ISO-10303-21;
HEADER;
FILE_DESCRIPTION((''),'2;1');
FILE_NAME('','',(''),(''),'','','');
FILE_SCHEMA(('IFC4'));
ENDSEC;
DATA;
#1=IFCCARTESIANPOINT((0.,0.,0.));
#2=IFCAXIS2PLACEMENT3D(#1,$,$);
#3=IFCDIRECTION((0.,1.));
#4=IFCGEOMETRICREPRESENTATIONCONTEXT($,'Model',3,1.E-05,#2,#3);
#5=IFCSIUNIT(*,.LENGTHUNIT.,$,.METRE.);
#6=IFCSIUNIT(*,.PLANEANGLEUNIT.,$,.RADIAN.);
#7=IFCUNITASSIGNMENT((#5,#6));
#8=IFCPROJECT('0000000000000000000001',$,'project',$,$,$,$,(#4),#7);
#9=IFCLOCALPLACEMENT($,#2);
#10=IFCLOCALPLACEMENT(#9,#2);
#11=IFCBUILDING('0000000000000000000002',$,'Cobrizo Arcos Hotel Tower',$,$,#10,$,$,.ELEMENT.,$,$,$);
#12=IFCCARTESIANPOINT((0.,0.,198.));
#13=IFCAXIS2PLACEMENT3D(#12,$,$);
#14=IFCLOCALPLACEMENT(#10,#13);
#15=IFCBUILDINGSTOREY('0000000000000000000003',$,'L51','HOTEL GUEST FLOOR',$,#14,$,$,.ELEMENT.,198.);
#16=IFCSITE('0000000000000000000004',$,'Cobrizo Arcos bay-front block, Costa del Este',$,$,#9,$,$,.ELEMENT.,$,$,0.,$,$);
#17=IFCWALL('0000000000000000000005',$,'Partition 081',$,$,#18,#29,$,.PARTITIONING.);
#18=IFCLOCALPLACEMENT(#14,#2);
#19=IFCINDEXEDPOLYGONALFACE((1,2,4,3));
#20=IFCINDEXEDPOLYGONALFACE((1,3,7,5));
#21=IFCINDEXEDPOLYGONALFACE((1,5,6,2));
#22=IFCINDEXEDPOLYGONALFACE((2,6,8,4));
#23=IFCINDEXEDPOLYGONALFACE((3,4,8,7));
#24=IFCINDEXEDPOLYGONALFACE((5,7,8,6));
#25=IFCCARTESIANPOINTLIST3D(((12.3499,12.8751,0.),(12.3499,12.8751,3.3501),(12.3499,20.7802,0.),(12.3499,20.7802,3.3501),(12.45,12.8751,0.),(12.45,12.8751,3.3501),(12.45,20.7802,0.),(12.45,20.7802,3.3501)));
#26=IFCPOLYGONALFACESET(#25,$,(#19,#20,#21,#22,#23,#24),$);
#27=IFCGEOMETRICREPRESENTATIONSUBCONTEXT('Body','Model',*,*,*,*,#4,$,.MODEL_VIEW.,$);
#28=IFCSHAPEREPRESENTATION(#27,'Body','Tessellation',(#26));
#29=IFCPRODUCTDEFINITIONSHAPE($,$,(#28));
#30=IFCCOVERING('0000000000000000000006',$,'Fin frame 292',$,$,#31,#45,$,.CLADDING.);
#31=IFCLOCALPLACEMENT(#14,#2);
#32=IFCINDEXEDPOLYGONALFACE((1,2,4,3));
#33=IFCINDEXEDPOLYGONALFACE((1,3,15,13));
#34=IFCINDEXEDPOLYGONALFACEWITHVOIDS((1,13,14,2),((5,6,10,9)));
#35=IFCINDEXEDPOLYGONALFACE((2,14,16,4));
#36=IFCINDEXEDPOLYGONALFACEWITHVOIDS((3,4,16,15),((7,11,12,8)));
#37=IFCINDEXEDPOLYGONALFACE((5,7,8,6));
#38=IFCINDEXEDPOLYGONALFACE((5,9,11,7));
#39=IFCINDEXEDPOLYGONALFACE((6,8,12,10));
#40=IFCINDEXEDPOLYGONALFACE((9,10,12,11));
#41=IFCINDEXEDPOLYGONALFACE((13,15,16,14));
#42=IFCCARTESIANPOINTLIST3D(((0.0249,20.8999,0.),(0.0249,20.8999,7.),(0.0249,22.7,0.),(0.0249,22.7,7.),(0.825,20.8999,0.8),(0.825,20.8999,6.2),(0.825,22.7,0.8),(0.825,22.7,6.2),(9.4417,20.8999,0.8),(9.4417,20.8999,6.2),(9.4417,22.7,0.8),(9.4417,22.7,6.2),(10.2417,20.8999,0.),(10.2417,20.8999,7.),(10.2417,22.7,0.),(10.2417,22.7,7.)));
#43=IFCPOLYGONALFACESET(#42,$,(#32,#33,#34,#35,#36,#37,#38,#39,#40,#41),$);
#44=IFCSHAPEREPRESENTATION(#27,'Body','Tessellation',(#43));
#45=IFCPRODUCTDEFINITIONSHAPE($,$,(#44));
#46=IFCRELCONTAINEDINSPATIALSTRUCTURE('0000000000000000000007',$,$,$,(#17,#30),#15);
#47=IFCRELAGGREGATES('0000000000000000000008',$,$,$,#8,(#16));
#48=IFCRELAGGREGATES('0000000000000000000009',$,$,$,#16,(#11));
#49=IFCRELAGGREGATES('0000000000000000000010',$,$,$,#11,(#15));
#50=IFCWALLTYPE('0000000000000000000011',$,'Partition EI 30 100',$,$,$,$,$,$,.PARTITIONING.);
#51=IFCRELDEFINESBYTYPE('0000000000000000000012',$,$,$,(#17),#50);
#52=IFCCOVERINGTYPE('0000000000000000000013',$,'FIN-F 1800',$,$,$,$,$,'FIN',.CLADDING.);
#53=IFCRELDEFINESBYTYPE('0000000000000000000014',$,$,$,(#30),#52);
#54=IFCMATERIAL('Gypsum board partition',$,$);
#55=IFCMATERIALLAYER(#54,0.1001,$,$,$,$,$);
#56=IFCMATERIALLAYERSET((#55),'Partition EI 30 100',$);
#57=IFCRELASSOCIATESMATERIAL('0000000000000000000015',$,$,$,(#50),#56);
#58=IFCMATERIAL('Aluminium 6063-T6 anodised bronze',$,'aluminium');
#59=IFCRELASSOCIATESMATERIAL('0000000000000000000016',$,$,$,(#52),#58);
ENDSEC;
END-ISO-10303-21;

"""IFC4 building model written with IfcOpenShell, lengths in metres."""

from ifc_helpers import new_model, si_unit, direction, frame, frame_2d, origin, place, context, subcontext, project, spatial, polyline, rectangle, outline, extrude, material, layer, layer_set, type_object, element, save


model = new_model("IFC4")

# Units and contexts
model_context = context("Model", 3, precision=1e-05, world=origin(), true_north=direction((0.0, 1.0)))
body_context = subcontext(model_context, "Body", "Model", "MODEL_VIEW")
ifc_project = project(units=[si_unit("LENGTHUNIT", "METRE"), si_unit("PLANEANGLEUNIT", "RADIAN")], contexts=[model_context])

# Site, building, storey
site_placement = place(None, origin())
site = spatial("IfcSite", under=ifc_project, at=site_placement, Name="Cobrizo Arcos bay-front block, Costa del Este", CompositionType="ELEMENT", RefElevation=0.0)
building_placement = place(site_placement, origin())
building = spatial("IfcBuilding", under=site, at=building_placement, Name="Cobrizo Arcos Hotel Tower", CompositionType="ELEMENT")
storey_placement = place(building_placement, frame((0.0, 0.0, 198.0)))
storey = spatial("IfcBuildingStorey", under=building, at=storey_placement, Name="L51", Description="HOTEL GUEST FLOOR", CompositionType="ELEMENT", Elevation=198.0)

# Shared definitions
ifc_material_1 = material(Name="Aluminium 6063-T6 anodised bronze", Category="aluminium")

# Shared definitions
ifc_material_2 = material(Name="Gypsum board partition")
ifc_layer_1 = layer(ifc_material_2, 0.1001)
ifc_layer_set_1 = layer_set([ifc_layer_1], Name="Partition EI 30 100")
wall_type = type_object("IfcWallType", Name="Partition EI 30 100", PredefinedType="PARTITIONING", material=ifc_layer_set_1)

# Wall
wall_1_placement = place(storey_placement, frame((12.3999, 12.875, 0.0), z_axis=(0.0, 0.0, 1.0), x_axis=(0.0, 1.0, 0.0)))
element("IfcWall", 1, at=wall_1_placement, inside=storey, type_object=wall_type, Name="Partition 081", PredefinedType="PARTITIONING", context=body_context, shape_type="SweptSolid", body=[
    extrude(rectangle(XDim=7.905, YDim=0.1001, at=frame_2d((3.9526, 0.0))), origin(), (0.0, 0.0, 1.0), 3.3501),
])

# Covering
covering_type = type_object("IfcCoveringType", Name="FIN-F 1800", ElementType="FIN", PredefinedType="CLADDING", material=ifc_material_1)
covering_placement = place(storey_placement, frame((10.2417, 20.8999, 0.0), z_axis=(0.0, 1.0, 0.0), x_axis=(-1.0, 0.0, 0.0)))
element("IfcCovering", 2, at=covering_placement, inside=storey, type_object=covering_type, Name="Fin frame 292", PredefinedType="CLADDING", context=body_context, shape_type="SweptSolid", body=[
    extrude(outline(polyline([(0.0, 7.0), (0.0, 0.0), (10.2168, 0.0), (10.2168, 7.0), (0.0, 7.0)]), holes=[polyline([(9.4167, 0.8), (0.8, 0.8), (0.8, 6.2), (9.4167, 6.2), (9.4167, 0.8)])]), origin(), (0.0, 0.0, 1.0), 1.8),
])

save(model, "model.ifc")
